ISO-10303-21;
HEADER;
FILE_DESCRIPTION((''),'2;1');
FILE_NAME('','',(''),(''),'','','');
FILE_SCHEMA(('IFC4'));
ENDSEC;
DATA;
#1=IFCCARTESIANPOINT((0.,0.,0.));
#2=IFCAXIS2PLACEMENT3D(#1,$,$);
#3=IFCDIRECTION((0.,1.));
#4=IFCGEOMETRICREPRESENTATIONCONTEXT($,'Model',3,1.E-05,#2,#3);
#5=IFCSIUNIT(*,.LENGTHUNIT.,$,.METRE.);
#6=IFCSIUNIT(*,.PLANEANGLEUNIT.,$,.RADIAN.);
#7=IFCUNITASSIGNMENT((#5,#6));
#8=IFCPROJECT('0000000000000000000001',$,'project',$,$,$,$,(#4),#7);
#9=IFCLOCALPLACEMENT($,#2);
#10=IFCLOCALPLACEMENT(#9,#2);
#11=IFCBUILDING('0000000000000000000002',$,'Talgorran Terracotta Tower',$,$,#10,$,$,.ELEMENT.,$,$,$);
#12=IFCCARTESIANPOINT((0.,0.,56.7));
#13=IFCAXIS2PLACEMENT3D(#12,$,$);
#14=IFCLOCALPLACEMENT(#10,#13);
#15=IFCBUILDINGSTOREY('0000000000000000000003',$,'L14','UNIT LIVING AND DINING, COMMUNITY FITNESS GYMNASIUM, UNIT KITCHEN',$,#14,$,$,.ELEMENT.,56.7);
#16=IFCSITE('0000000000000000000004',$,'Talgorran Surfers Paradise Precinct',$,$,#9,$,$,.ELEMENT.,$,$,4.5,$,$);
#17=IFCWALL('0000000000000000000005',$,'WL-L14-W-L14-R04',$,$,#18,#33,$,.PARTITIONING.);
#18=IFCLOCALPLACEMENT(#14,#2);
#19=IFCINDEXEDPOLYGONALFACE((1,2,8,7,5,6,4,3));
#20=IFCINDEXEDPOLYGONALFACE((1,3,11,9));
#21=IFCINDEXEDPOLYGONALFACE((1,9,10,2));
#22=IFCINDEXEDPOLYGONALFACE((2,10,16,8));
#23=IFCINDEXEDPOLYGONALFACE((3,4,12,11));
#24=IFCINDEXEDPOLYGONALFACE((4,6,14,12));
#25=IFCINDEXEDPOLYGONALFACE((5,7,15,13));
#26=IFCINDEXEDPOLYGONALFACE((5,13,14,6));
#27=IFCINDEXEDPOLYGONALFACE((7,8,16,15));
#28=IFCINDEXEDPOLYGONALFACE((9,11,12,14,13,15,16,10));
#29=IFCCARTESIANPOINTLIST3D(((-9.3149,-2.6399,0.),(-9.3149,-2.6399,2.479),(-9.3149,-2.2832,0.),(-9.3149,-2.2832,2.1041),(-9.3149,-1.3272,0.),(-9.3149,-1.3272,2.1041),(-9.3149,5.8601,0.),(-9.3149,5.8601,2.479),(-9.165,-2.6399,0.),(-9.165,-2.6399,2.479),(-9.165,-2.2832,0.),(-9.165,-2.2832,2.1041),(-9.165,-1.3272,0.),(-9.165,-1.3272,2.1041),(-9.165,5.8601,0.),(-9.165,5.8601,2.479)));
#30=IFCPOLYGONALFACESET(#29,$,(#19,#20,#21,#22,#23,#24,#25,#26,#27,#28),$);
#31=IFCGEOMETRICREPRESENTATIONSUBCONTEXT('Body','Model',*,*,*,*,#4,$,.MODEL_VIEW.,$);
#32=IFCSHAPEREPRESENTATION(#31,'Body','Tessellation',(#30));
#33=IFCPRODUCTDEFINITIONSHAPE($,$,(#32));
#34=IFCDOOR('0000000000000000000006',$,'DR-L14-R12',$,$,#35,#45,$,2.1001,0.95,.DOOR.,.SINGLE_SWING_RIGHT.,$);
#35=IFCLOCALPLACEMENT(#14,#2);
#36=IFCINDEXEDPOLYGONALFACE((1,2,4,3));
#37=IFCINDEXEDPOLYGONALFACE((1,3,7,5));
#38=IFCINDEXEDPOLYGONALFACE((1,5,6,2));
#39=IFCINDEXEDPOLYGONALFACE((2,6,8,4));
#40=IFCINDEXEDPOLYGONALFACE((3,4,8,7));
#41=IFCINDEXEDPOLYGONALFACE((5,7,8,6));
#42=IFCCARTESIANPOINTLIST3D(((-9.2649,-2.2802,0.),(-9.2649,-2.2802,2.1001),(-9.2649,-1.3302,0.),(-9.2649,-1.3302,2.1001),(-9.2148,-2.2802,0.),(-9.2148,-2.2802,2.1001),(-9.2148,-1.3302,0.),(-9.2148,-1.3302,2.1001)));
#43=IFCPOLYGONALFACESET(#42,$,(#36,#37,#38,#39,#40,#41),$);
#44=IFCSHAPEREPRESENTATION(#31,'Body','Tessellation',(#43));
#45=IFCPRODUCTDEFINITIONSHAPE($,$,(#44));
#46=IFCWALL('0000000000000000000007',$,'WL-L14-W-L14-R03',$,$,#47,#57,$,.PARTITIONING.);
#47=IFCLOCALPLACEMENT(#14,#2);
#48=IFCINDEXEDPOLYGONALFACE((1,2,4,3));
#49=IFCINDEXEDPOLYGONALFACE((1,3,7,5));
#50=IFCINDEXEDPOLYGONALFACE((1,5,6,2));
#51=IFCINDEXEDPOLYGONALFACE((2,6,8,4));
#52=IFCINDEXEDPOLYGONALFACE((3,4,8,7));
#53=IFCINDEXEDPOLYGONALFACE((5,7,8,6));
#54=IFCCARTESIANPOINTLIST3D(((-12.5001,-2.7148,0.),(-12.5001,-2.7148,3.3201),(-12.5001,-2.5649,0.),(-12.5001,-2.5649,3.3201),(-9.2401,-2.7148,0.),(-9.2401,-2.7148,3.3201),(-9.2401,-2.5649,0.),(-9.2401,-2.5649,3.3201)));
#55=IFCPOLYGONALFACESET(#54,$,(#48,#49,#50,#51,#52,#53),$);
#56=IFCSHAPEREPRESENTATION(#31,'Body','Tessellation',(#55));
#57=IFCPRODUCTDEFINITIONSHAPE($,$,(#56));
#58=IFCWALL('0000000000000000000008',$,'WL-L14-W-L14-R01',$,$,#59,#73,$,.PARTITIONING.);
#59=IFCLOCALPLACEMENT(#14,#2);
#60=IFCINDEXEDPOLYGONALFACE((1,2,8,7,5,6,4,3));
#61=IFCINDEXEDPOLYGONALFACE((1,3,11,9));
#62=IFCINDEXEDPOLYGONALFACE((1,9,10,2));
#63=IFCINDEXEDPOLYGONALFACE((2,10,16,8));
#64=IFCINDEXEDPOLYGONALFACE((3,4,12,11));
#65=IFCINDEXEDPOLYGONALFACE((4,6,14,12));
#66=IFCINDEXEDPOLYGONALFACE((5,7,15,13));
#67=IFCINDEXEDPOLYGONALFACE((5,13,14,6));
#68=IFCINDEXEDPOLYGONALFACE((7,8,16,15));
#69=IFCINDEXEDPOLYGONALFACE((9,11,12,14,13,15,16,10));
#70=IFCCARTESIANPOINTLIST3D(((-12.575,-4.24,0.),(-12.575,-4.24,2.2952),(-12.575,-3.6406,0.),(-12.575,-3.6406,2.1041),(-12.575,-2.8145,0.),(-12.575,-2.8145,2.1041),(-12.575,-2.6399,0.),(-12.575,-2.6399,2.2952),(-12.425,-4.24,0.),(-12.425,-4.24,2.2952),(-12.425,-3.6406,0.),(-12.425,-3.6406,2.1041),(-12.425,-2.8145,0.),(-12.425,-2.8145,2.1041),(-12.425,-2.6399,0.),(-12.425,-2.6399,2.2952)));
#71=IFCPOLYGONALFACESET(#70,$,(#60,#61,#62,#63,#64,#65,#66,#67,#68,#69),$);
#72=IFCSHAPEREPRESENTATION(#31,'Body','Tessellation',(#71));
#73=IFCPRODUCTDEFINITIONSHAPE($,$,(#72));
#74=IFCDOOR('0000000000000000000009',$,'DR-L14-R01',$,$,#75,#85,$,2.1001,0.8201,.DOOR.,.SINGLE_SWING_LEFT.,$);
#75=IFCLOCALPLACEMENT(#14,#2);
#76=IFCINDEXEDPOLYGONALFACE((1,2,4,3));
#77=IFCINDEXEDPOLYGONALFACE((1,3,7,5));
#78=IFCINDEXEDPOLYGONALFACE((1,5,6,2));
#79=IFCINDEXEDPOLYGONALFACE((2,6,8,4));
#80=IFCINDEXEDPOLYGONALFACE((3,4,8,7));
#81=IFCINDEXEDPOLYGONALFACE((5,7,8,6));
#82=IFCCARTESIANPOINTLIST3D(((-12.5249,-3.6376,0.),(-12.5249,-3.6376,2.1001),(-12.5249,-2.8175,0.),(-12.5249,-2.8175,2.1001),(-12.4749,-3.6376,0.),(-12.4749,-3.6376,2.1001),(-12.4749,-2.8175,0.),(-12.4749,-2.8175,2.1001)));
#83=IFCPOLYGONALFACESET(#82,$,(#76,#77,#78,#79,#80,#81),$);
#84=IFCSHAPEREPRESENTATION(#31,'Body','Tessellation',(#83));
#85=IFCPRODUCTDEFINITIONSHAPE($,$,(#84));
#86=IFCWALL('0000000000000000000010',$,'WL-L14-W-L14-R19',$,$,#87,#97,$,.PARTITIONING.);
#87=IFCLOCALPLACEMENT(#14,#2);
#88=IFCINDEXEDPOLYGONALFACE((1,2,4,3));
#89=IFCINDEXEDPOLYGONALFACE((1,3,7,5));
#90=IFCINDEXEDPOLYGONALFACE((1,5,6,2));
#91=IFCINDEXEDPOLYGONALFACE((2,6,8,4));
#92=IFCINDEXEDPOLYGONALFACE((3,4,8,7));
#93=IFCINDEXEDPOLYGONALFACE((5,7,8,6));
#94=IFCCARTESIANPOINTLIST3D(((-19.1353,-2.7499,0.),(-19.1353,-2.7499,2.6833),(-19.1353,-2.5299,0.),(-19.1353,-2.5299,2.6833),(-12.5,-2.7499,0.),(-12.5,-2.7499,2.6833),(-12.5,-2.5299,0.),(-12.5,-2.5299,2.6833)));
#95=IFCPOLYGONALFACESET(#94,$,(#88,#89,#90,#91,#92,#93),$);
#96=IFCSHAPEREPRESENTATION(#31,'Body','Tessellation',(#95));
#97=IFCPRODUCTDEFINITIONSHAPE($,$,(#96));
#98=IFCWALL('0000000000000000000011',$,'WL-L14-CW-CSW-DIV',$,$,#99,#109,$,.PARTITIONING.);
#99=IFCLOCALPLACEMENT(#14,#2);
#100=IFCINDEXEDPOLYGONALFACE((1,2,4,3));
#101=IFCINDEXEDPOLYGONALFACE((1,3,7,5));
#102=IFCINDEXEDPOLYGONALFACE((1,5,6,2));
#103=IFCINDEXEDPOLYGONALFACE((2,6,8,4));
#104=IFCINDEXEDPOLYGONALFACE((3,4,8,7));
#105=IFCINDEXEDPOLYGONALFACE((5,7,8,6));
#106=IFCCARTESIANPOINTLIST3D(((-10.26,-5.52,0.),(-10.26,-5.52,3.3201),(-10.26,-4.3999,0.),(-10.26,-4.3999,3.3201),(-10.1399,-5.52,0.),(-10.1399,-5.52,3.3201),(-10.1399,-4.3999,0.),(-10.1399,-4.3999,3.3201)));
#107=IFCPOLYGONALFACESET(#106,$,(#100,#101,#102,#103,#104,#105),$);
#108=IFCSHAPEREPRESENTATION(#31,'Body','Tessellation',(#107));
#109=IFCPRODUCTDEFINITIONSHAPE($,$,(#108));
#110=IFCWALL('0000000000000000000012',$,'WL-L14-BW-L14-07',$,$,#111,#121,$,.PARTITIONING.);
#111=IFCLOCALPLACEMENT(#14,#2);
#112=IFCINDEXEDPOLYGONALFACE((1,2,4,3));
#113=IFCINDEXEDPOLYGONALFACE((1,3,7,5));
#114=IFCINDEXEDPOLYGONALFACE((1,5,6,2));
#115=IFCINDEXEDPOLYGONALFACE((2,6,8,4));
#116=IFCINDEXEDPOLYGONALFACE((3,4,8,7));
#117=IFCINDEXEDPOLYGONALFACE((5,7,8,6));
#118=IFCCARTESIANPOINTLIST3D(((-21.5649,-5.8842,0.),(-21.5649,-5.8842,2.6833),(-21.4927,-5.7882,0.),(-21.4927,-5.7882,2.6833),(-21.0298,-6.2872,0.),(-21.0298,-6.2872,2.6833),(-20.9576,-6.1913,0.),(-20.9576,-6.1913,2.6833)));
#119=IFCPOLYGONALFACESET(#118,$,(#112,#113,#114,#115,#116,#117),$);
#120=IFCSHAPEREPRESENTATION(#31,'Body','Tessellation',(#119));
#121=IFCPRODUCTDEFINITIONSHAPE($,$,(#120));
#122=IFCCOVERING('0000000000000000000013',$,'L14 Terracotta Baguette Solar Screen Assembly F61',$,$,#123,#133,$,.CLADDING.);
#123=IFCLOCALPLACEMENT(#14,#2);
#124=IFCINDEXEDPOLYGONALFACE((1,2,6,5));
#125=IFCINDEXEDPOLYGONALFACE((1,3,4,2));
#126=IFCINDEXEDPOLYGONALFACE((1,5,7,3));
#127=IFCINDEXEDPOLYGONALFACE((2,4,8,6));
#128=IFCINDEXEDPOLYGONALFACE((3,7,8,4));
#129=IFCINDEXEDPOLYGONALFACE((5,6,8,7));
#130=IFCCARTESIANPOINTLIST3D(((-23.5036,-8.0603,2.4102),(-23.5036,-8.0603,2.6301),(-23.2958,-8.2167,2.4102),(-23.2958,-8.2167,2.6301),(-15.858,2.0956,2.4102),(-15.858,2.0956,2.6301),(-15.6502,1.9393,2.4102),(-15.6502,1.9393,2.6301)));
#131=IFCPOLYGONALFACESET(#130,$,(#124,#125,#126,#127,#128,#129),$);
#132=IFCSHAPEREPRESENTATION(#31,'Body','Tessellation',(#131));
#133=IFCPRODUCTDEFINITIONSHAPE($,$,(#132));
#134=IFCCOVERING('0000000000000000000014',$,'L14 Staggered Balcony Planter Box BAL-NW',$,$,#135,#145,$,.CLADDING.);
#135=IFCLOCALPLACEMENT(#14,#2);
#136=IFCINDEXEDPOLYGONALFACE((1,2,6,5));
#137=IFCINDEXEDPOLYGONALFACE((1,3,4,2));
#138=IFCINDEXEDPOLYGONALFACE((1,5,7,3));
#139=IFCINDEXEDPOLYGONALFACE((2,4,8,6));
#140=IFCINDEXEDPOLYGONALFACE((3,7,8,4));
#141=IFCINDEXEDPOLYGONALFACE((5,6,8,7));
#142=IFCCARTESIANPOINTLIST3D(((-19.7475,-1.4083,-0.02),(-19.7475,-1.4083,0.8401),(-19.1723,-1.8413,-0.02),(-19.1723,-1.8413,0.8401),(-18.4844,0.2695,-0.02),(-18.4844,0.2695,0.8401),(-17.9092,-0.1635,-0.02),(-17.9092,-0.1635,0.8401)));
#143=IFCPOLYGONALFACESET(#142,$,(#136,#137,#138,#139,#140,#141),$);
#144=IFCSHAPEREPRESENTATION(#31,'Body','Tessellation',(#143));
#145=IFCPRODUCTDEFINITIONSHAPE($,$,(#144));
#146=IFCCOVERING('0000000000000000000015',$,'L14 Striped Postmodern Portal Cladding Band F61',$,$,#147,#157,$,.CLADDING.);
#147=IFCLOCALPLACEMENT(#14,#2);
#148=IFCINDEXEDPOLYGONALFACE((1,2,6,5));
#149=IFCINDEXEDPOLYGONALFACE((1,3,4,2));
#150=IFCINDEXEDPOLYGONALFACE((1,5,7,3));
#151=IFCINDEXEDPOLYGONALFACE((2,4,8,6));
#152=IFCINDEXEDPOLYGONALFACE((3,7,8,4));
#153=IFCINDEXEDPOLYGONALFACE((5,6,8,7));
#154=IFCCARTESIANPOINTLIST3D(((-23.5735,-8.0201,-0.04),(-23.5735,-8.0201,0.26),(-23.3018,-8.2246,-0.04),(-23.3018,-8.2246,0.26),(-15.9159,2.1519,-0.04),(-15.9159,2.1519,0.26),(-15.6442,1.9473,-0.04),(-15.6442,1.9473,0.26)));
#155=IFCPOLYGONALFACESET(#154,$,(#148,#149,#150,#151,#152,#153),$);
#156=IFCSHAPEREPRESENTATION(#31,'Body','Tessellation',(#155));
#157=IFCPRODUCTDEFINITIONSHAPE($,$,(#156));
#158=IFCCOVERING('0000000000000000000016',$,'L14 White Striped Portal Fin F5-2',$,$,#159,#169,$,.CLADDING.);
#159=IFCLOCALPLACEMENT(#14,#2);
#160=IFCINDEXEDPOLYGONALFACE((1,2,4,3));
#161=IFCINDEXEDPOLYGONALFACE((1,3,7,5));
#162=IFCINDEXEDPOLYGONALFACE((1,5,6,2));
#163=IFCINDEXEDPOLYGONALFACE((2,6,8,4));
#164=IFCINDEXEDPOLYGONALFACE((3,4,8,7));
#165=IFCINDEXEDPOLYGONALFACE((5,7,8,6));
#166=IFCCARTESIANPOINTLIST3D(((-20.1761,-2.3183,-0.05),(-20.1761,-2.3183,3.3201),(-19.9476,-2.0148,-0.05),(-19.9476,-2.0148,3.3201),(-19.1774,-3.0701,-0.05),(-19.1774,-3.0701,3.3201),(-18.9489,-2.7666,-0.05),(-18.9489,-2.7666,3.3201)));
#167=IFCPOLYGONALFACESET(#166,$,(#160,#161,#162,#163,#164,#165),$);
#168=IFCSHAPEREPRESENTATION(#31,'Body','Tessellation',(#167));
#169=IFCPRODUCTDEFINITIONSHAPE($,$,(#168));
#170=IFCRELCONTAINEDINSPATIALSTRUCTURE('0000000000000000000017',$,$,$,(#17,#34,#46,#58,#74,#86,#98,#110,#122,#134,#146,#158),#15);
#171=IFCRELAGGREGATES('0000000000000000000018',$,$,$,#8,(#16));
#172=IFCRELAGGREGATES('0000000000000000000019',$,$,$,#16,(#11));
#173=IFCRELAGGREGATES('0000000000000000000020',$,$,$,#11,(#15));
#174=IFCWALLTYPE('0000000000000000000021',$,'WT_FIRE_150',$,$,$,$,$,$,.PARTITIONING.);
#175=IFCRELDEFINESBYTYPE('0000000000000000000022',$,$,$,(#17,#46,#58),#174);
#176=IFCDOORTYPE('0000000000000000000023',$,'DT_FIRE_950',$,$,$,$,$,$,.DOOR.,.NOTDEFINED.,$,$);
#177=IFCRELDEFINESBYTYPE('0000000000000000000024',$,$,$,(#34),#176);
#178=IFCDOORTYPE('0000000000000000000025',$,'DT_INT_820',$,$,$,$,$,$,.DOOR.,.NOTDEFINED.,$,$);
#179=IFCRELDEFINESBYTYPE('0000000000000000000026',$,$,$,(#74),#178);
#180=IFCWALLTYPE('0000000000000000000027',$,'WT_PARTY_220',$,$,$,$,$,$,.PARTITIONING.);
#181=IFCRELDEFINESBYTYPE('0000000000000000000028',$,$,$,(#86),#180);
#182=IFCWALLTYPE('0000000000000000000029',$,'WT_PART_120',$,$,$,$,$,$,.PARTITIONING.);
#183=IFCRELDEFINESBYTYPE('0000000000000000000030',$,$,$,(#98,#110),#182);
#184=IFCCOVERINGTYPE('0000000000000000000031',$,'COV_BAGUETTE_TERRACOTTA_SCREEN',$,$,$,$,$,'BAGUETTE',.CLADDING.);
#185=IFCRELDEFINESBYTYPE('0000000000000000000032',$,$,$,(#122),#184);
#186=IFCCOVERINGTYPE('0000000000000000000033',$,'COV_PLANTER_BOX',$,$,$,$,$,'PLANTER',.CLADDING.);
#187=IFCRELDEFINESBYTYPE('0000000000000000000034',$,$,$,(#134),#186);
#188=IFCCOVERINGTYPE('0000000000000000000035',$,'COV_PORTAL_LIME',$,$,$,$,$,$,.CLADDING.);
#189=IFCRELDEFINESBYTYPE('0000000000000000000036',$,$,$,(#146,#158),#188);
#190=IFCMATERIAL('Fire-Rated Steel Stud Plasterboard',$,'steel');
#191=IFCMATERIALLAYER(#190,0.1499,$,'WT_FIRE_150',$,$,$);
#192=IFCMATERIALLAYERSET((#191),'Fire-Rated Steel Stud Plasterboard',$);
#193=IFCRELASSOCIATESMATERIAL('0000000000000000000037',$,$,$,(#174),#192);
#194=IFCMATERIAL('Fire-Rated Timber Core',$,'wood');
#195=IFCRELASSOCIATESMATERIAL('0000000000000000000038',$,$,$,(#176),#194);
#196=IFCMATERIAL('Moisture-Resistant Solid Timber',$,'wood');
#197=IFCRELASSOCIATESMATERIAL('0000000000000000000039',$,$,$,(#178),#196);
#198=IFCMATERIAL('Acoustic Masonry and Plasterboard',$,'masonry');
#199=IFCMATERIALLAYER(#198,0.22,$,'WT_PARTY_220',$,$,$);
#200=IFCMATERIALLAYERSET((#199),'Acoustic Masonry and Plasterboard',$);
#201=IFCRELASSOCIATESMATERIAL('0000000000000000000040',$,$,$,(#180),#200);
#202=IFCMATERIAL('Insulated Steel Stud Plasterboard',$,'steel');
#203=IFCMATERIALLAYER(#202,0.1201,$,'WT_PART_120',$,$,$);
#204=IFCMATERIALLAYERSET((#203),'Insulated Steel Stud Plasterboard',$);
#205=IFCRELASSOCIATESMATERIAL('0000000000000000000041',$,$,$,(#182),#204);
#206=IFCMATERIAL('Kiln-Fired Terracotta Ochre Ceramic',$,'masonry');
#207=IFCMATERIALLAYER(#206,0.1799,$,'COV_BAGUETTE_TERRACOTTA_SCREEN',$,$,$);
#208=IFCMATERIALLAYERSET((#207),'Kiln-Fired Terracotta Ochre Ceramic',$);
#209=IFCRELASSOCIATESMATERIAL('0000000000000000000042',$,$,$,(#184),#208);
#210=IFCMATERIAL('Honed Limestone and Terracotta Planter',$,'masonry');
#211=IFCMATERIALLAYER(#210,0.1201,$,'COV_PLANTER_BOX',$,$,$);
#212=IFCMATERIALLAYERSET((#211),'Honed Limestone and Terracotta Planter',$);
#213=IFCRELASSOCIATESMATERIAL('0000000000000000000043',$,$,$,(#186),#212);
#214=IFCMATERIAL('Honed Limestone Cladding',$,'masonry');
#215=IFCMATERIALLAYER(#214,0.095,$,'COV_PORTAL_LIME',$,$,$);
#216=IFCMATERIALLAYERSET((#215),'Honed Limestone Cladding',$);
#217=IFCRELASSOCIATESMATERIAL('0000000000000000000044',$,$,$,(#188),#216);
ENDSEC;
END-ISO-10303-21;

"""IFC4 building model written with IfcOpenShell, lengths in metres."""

from ifc_helpers import new_model, si_unit, direction, frame, frame_2d, origin, origin_2d, place, context, subcontext, project, spatial, rectangle, extrude, material, layer, layer_set, type_object, element, fill, save


model = new_model("IFC4")

# Units and contexts
model_context = context("Model", 3, precision=1e-05, world=origin(), true_north=direction((0.0, 1.0)))
body_context = subcontext(model_context, "Body", "Model", "MODEL_VIEW")
ifc_project = project(units=[si_unit("LENGTHUNIT", "METRE"), si_unit("PLANEANGLEUNIT", "RADIAN")], contexts=[model_context])

# Site, building, storey
site_placement = place(None, origin())
site = spatial("IfcSite", under=ifc_project, at=site_placement, Name="Talgorran Surfers Paradise Precinct", CompositionType="ELEMENT", RefElevation=4.5)
building_placement = place(site_placement, origin())
building = spatial("IfcBuilding", under=site, at=building_placement, Name="Talgorran Terracotta Tower", CompositionType="ELEMENT")
storey_placement = place(building_placement, frame((0.0, 0.0, 56.7)))
storey = spatial("IfcBuildingStorey", under=building, at=storey_placement, Name="L14", Description="UNIT LIVING AND DINING, COMMUNITY FITNESS GYMNASIUM, UNIT KITCHEN", CompositionType="ELEMENT", Elevation=56.7)

# Wall, opening, door
ifc_material_1 = material(Name="Fire-Rated Steel Stud Plasterboard", Category="steel")
ifc_layer_1 = layer(ifc_material_1, 0.1499, Name="WT_FIRE_150")
ifc_layer_set_1 = layer_set([ifc_layer_1], Name="Fire-Rated Steel Stud Plasterboard")
wall_type_1 = type_object("IfcWallType", Name="WT_FIRE_150", PredefinedType="PARTITIONING", material=ifc_layer_set_1)
wall_1_placement = place(storey_placement, frame((-9.24, -2.6399, 0.0), z_axis=(0.0, 0.0, 1.0), x_axis=(0.0, 1.0, 0.0)))
wall_1 = element("IfcWall", 1, at=wall_1_placement, inside=storey, type_object=wall_type_1, Name="WL-L14-W-L14-R04", PredefinedType="PARTITIONING", context=body_context, shape_type="SweptSolid", body=[
    extrude(rectangle(XDim=8.5, YDim=0.1499, at=frame_2d((4.25, 0.0))), origin(), (0.0, 0.0, 1.0), 2.479),
])
opening_1_placement = place(wall_1_placement, frame((0.3596, 0.0, 0.0)))
opening_1 = element("IfcOpeningElement", 2, at=opening_1_placement, cuts=wall_1, PredefinedType="OPENING", context=body_context, shape_type="SweptSolid", body=[
    extrude(rectangle(XDim=0.956, YDim=2.1041, at=frame_2d((0.4751, 1.052))), frame((0.0, 0.085, 0.0), z_axis=(0.0, -1.0, 0.0), x_axis=(1.0, 0.0, 0.0)), (0.0, 0.0, 1.0), 0.1699),
])
ifc_material_2 = material(Name="Fire-Rated Timber Core", Category="wood")
door_type_1 = type_object("IfcDoorType", Name="DT_FIRE_950", OperationType="NOTDEFINED", PredefinedType="DOOR", material=ifc_material_2)
door_1_placement = place(opening_1_placement, origin())
door_1 = element("IfcDoor", 3, at=door_1_placement, inside=storey, type_object=door_type_1, Name="DR-L14-R12", OperationType="SINGLE_SWING_RIGHT", OverallHeight=2.1001, OverallWidth=0.95, PredefinedType="DOOR", context=body_context, shape_type="SweptSolid", body=[
    extrude(rectangle(XDim=0.95, YDim=2.1001, at=frame_2d((0.4751, 1.05))), frame((0.0, 0.0249, 0.0), z_axis=(0.0, -1.0, 0.0), x_axis=(1.0, 0.0, 0.0)), (0.0, 0.0, 1.0), 0.05),
])
fill(opening_1, door_1)

# Wall
wall_2_placement = place(storey_placement, frame((-12.5, -2.6399, 0.0), z_axis=(0.0, 0.0, 1.0), x_axis=(1.0, 0.0, 0.0)))
element("IfcWall", 4, at=wall_2_placement, inside=storey, type_object=wall_type_1, Name="WL-L14-W-L14-R03", PredefinedType="PARTITIONING", context=body_context, shape_type="SweptSolid", body=[
    extrude(rectangle(XDim=3.26, YDim=0.1499, at=frame_2d((1.6299, 0.0))), origin(), (0.0, 0.0, 1.0), 3.3201),
])

# Wall, opening, door
wall_3_placement = place(storey_placement, frame((-12.5, -4.24, 0.0), z_axis=(0.0, 0.0, 1.0), x_axis=(0.0, 1.0, 0.0)))
wall_3 = element("IfcWall", 5, at=wall_3_placement, inside=storey, type_object=wall_type_1, Name="WL-L14-W-L14-R01", PredefinedType="PARTITIONING", context=body_context, shape_type="SweptSolid", body=[
    extrude(rectangle(XDim=1.6001, YDim=0.1499, at=frame_2d((0.8, 0.0))), origin(), (0.0, 0.0, 1.0), 2.2952),
])
opening_2_placement = place(wall_3_placement, frame((0.6023, 0.0, 0.0)))
opening_2 = element("IfcOpeningElement", 6, at=opening_2_placement, cuts=wall_3, PredefinedType="OPENING", context=body_context, shape_type="SweptSolid", body=[
    extrude(rectangle(XDim=0.8261, YDim=2.1041, at=frame_2d((0.4102, 1.052))), frame((0.0, 0.085, 0.0), z_axis=(0.0, -1.0, 0.0), x_axis=(1.0, 0.0, 0.0)), (0.0, 0.0, 1.0), 0.1699),
])
ifc_material_3 = material(Name="Moisture-Resistant Solid Timber", Category="wood")
door_type_2 = type_object("IfcDoorType", Name="DT_INT_820", OperationType="NOTDEFINED", PredefinedType="DOOR", material=ifc_material_3)
door_2_placement = place(opening_2_placement, origin())
door_2 = element("IfcDoor", 7, at=door_2_placement, inside=storey, type_object=door_type_2, Name="DR-L14-R01", OperationType="SINGLE_SWING_LEFT", OverallHeight=2.1001, OverallWidth=0.8201, PredefinedType="DOOR", context=body_context, shape_type="SweptSolid", body=[
    extrude(rectangle(XDim=0.8201, YDim=2.1001, at=frame_2d((0.4102, 1.05))), frame((0.0, 0.0249, 0.0), z_axis=(0.0, -1.0, 0.0), x_axis=(1.0, 0.0, 0.0)), (0.0, 0.0, 1.0), 0.05),
])
fill(opening_2, door_2)

# Walls
ifc_material_4 = material(Name="Acoustic Masonry and Plasterboard", Category="masonry")
ifc_layer_2 = layer(ifc_material_4, 0.22, Name="WT_PARTY_220")
ifc_layer_set_2 = layer_set([ifc_layer_2], Name="Acoustic Masonry and Plasterboard")
wall_type_2 = type_object("IfcWallType", Name="WT_PARTY_220", PredefinedType="PARTITIONING", material=ifc_layer_set_2)
wall_4_placement = place(storey_placement, frame((-19.1353, -2.6399, 0.0), z_axis=(0.0, 0.0, 1.0), x_axis=(1.0, 0.0, 0.0)))
element("IfcWall", 8, at=wall_4_placement, inside=storey, type_object=wall_type_2, Name="WL-L14-W-L14-R19", PredefinedType="PARTITIONING", context=body_context, shape_type="SweptSolid", body=[
    extrude(rectangle(XDim=6.6353, YDim=0.22, at=frame_2d((3.3176, 0.0))), origin(), (0.0, 0.0, 1.0), 2.6833),
])
ifc_material_5 = material(Name="Insulated Steel Stud Plasterboard", Category="steel")
ifc_layer_3 = layer(ifc_material_5, 0.1201, Name="WT_PART_120")
ifc_layer_set_3 = layer_set([ifc_layer_3], Name="Insulated Steel Stud Plasterboard")
wall_type_3 = type_object("IfcWallType", Name="WT_PART_120", PredefinedType="PARTITIONING", material=ifc_layer_set_3)
wall_5_placement = place(storey_placement, frame((-10.2, -5.52, 0.0), z_axis=(0.0, 0.0, 1.0), x_axis=(0.0, 1.0, 0.0)))
element("IfcWall", 9, at=wall_5_placement, inside=storey, type_object=wall_type_3, Name="WL-L14-CW-CSW-DIV", PredefinedType="PARTITIONING", context=body_context, shape_type="SweptSolid", body=[
    extrude(rectangle(XDim=1.1201, YDim=0.1201, at=frame_2d((0.5601, 0.0))), origin(), (0.0, 0.0, 1.0), 3.3201),
])
wall_6_placement = place(storey_placement, frame((-21.5288, -5.8362, 0.0), z_axis=(0.0, 0.0, 1.0), x_axis=(0.798774, -0.601631, 0.0)))
element("IfcWall", 10, at=wall_6_placement, inside=storey, type_object=wall_type_3, Name="WL-L14-BW-L14-07", PredefinedType="PARTITIONING", context=body_context, shape_type="SweptSolid", body=[
    extrude(rectangle(XDim=0.6699, YDim=0.1201, at=frame_2d((0.335, 0.0))), origin(), (0.0, 0.0, 1.0), 2.6833),
])

# Coverings
ifc_material_6 = material(Name="Kiln-Fired Terracotta Ochre Ceramic", Category="masonry")
ifc_layer_4 = layer(ifc_material_6, 0.1799, Name="COV_BAGUETTE_TERRACOTTA_SCREEN")
ifc_layer_set_4 = layer_set([ifc_layer_4], Name="Kiln-Fired Terracotta Ochre Ceramic")
covering_type_1 = type_object("IfcCoveringType", Name="COV_BAGUETTE_TERRACOTTA_SCREEN", ElementType="BAGUETTE", PredefinedType="CLADDING", material=ifc_layer_set_4)
covering_1_placement = place(storey_placement, frame((-19.5769, -3.0605, 2.4102), z_axis=(0.0, 0.0, 1.0), x_axis=(-0.601439, -0.798919, 0.0)))
element("IfcCovering", 11, at=covering_1_placement, inside=storey, type_object=covering_type_1, Name="L14 Terracotta Baguette Solar Screen Assembly F61", PredefinedType="CLADDING", context=body_context, shape_type="SweptSolid", body=[
    extrude(rectangle(XDim=12.7122, YDim=0.26, at=origin_2d()), origin(), (0.0, 0.0, 1.0), 0.22),
])
ifc_material_7 = material(Name="Honed Limestone and Terracotta Planter", Category="masonry")
ifc_layer_5 = layer(ifc_material_7, 0.1201, Name="COV_PLANTER_BOX")
ifc_layer_set_5 = layer_set([ifc_layer_5], Name="Honed Limestone and Terracotta Planter")
covering_type_2 = type_object("IfcCoveringType", Name="COV_PLANTER_BOX", ElementType="PLANTER", PredefinedType="CLADDING", material=ifc_layer_set_5)
covering_2_placement = place(storey_placement, frame((-18.8284, -0.7859, -0.02), z_axis=(0.0, 0.0, 1.0), x_axis=(-0.601439, -0.798919, 0.0)))
element("IfcCovering", 12, at=covering_2_placement, inside=storey, type_object=covering_type_2, Name="L14 Staggered Balcony Planter Box BAL-NW", PredefinedType="CLADDING", context=body_context, shape_type="SweptSolid", body=[
    extrude(rectangle(XDim=2.1001, YDim=0.72, at=origin_2d()), origin(), (0.0, 0.0, 1.0), 0.8601),
])
ifc_material_8 = material(Name="Honed Limestone Cladding", Category="masonry")
ifc_layer_6 = layer(ifc_material_8, 0.095, Name="COV_PORTAL_LIME")
ifc_layer_set_6 = layer_set([ifc_layer_6], Name="Honed Limestone Cladding")
covering_type_3 = type_object("IfcCoveringType", Name="COV_PORTAL_LIME", PredefinedType="CLADDING", material=ifc_layer_set_6)
covering_3_placement = place(storey_placement, frame((-19.6089, -3.0364, -0.04), z_axis=(0.0, 0.0, 1.0), x_axis=(-0.601439, -0.798919, 0.0)))
element("IfcCovering", 13, at=covering_3_placement, inside=storey, type_object=covering_type_3, Name="L14 Striped Postmodern Portal Cladding Band F61", PredefinedType="CLADDING", context=body_context, shape_type="SweptSolid", body=[
    extrude(rectangle(XDim=12.7322, YDim=0.3401, at=origin_2d()), origin(), (0.0, 0.0, 1.0), 0.3),
])
covering_4_placement = place(storey_placement, frame((-19.5625, -2.5425, -0.05), z_axis=(0.0, 0.0, 1.0), x_axis=(-0.601439, -0.798919, 0.0)))
element("IfcCovering", 14, at=covering_4_placement, inside=storey, type_object=covering_type_3, Name="L14 White Striped Portal Fin F5-2", PredefinedType="CLADDING", context=body_context, shape_type="SweptSolid", body=[
    extrude(rectangle(XDim=0.3799, YDim=1.25, at=origin_2d()), origin(), (0.0, 0.0, 1.0), 3.3701),
])

save(model, "model.ifc")
